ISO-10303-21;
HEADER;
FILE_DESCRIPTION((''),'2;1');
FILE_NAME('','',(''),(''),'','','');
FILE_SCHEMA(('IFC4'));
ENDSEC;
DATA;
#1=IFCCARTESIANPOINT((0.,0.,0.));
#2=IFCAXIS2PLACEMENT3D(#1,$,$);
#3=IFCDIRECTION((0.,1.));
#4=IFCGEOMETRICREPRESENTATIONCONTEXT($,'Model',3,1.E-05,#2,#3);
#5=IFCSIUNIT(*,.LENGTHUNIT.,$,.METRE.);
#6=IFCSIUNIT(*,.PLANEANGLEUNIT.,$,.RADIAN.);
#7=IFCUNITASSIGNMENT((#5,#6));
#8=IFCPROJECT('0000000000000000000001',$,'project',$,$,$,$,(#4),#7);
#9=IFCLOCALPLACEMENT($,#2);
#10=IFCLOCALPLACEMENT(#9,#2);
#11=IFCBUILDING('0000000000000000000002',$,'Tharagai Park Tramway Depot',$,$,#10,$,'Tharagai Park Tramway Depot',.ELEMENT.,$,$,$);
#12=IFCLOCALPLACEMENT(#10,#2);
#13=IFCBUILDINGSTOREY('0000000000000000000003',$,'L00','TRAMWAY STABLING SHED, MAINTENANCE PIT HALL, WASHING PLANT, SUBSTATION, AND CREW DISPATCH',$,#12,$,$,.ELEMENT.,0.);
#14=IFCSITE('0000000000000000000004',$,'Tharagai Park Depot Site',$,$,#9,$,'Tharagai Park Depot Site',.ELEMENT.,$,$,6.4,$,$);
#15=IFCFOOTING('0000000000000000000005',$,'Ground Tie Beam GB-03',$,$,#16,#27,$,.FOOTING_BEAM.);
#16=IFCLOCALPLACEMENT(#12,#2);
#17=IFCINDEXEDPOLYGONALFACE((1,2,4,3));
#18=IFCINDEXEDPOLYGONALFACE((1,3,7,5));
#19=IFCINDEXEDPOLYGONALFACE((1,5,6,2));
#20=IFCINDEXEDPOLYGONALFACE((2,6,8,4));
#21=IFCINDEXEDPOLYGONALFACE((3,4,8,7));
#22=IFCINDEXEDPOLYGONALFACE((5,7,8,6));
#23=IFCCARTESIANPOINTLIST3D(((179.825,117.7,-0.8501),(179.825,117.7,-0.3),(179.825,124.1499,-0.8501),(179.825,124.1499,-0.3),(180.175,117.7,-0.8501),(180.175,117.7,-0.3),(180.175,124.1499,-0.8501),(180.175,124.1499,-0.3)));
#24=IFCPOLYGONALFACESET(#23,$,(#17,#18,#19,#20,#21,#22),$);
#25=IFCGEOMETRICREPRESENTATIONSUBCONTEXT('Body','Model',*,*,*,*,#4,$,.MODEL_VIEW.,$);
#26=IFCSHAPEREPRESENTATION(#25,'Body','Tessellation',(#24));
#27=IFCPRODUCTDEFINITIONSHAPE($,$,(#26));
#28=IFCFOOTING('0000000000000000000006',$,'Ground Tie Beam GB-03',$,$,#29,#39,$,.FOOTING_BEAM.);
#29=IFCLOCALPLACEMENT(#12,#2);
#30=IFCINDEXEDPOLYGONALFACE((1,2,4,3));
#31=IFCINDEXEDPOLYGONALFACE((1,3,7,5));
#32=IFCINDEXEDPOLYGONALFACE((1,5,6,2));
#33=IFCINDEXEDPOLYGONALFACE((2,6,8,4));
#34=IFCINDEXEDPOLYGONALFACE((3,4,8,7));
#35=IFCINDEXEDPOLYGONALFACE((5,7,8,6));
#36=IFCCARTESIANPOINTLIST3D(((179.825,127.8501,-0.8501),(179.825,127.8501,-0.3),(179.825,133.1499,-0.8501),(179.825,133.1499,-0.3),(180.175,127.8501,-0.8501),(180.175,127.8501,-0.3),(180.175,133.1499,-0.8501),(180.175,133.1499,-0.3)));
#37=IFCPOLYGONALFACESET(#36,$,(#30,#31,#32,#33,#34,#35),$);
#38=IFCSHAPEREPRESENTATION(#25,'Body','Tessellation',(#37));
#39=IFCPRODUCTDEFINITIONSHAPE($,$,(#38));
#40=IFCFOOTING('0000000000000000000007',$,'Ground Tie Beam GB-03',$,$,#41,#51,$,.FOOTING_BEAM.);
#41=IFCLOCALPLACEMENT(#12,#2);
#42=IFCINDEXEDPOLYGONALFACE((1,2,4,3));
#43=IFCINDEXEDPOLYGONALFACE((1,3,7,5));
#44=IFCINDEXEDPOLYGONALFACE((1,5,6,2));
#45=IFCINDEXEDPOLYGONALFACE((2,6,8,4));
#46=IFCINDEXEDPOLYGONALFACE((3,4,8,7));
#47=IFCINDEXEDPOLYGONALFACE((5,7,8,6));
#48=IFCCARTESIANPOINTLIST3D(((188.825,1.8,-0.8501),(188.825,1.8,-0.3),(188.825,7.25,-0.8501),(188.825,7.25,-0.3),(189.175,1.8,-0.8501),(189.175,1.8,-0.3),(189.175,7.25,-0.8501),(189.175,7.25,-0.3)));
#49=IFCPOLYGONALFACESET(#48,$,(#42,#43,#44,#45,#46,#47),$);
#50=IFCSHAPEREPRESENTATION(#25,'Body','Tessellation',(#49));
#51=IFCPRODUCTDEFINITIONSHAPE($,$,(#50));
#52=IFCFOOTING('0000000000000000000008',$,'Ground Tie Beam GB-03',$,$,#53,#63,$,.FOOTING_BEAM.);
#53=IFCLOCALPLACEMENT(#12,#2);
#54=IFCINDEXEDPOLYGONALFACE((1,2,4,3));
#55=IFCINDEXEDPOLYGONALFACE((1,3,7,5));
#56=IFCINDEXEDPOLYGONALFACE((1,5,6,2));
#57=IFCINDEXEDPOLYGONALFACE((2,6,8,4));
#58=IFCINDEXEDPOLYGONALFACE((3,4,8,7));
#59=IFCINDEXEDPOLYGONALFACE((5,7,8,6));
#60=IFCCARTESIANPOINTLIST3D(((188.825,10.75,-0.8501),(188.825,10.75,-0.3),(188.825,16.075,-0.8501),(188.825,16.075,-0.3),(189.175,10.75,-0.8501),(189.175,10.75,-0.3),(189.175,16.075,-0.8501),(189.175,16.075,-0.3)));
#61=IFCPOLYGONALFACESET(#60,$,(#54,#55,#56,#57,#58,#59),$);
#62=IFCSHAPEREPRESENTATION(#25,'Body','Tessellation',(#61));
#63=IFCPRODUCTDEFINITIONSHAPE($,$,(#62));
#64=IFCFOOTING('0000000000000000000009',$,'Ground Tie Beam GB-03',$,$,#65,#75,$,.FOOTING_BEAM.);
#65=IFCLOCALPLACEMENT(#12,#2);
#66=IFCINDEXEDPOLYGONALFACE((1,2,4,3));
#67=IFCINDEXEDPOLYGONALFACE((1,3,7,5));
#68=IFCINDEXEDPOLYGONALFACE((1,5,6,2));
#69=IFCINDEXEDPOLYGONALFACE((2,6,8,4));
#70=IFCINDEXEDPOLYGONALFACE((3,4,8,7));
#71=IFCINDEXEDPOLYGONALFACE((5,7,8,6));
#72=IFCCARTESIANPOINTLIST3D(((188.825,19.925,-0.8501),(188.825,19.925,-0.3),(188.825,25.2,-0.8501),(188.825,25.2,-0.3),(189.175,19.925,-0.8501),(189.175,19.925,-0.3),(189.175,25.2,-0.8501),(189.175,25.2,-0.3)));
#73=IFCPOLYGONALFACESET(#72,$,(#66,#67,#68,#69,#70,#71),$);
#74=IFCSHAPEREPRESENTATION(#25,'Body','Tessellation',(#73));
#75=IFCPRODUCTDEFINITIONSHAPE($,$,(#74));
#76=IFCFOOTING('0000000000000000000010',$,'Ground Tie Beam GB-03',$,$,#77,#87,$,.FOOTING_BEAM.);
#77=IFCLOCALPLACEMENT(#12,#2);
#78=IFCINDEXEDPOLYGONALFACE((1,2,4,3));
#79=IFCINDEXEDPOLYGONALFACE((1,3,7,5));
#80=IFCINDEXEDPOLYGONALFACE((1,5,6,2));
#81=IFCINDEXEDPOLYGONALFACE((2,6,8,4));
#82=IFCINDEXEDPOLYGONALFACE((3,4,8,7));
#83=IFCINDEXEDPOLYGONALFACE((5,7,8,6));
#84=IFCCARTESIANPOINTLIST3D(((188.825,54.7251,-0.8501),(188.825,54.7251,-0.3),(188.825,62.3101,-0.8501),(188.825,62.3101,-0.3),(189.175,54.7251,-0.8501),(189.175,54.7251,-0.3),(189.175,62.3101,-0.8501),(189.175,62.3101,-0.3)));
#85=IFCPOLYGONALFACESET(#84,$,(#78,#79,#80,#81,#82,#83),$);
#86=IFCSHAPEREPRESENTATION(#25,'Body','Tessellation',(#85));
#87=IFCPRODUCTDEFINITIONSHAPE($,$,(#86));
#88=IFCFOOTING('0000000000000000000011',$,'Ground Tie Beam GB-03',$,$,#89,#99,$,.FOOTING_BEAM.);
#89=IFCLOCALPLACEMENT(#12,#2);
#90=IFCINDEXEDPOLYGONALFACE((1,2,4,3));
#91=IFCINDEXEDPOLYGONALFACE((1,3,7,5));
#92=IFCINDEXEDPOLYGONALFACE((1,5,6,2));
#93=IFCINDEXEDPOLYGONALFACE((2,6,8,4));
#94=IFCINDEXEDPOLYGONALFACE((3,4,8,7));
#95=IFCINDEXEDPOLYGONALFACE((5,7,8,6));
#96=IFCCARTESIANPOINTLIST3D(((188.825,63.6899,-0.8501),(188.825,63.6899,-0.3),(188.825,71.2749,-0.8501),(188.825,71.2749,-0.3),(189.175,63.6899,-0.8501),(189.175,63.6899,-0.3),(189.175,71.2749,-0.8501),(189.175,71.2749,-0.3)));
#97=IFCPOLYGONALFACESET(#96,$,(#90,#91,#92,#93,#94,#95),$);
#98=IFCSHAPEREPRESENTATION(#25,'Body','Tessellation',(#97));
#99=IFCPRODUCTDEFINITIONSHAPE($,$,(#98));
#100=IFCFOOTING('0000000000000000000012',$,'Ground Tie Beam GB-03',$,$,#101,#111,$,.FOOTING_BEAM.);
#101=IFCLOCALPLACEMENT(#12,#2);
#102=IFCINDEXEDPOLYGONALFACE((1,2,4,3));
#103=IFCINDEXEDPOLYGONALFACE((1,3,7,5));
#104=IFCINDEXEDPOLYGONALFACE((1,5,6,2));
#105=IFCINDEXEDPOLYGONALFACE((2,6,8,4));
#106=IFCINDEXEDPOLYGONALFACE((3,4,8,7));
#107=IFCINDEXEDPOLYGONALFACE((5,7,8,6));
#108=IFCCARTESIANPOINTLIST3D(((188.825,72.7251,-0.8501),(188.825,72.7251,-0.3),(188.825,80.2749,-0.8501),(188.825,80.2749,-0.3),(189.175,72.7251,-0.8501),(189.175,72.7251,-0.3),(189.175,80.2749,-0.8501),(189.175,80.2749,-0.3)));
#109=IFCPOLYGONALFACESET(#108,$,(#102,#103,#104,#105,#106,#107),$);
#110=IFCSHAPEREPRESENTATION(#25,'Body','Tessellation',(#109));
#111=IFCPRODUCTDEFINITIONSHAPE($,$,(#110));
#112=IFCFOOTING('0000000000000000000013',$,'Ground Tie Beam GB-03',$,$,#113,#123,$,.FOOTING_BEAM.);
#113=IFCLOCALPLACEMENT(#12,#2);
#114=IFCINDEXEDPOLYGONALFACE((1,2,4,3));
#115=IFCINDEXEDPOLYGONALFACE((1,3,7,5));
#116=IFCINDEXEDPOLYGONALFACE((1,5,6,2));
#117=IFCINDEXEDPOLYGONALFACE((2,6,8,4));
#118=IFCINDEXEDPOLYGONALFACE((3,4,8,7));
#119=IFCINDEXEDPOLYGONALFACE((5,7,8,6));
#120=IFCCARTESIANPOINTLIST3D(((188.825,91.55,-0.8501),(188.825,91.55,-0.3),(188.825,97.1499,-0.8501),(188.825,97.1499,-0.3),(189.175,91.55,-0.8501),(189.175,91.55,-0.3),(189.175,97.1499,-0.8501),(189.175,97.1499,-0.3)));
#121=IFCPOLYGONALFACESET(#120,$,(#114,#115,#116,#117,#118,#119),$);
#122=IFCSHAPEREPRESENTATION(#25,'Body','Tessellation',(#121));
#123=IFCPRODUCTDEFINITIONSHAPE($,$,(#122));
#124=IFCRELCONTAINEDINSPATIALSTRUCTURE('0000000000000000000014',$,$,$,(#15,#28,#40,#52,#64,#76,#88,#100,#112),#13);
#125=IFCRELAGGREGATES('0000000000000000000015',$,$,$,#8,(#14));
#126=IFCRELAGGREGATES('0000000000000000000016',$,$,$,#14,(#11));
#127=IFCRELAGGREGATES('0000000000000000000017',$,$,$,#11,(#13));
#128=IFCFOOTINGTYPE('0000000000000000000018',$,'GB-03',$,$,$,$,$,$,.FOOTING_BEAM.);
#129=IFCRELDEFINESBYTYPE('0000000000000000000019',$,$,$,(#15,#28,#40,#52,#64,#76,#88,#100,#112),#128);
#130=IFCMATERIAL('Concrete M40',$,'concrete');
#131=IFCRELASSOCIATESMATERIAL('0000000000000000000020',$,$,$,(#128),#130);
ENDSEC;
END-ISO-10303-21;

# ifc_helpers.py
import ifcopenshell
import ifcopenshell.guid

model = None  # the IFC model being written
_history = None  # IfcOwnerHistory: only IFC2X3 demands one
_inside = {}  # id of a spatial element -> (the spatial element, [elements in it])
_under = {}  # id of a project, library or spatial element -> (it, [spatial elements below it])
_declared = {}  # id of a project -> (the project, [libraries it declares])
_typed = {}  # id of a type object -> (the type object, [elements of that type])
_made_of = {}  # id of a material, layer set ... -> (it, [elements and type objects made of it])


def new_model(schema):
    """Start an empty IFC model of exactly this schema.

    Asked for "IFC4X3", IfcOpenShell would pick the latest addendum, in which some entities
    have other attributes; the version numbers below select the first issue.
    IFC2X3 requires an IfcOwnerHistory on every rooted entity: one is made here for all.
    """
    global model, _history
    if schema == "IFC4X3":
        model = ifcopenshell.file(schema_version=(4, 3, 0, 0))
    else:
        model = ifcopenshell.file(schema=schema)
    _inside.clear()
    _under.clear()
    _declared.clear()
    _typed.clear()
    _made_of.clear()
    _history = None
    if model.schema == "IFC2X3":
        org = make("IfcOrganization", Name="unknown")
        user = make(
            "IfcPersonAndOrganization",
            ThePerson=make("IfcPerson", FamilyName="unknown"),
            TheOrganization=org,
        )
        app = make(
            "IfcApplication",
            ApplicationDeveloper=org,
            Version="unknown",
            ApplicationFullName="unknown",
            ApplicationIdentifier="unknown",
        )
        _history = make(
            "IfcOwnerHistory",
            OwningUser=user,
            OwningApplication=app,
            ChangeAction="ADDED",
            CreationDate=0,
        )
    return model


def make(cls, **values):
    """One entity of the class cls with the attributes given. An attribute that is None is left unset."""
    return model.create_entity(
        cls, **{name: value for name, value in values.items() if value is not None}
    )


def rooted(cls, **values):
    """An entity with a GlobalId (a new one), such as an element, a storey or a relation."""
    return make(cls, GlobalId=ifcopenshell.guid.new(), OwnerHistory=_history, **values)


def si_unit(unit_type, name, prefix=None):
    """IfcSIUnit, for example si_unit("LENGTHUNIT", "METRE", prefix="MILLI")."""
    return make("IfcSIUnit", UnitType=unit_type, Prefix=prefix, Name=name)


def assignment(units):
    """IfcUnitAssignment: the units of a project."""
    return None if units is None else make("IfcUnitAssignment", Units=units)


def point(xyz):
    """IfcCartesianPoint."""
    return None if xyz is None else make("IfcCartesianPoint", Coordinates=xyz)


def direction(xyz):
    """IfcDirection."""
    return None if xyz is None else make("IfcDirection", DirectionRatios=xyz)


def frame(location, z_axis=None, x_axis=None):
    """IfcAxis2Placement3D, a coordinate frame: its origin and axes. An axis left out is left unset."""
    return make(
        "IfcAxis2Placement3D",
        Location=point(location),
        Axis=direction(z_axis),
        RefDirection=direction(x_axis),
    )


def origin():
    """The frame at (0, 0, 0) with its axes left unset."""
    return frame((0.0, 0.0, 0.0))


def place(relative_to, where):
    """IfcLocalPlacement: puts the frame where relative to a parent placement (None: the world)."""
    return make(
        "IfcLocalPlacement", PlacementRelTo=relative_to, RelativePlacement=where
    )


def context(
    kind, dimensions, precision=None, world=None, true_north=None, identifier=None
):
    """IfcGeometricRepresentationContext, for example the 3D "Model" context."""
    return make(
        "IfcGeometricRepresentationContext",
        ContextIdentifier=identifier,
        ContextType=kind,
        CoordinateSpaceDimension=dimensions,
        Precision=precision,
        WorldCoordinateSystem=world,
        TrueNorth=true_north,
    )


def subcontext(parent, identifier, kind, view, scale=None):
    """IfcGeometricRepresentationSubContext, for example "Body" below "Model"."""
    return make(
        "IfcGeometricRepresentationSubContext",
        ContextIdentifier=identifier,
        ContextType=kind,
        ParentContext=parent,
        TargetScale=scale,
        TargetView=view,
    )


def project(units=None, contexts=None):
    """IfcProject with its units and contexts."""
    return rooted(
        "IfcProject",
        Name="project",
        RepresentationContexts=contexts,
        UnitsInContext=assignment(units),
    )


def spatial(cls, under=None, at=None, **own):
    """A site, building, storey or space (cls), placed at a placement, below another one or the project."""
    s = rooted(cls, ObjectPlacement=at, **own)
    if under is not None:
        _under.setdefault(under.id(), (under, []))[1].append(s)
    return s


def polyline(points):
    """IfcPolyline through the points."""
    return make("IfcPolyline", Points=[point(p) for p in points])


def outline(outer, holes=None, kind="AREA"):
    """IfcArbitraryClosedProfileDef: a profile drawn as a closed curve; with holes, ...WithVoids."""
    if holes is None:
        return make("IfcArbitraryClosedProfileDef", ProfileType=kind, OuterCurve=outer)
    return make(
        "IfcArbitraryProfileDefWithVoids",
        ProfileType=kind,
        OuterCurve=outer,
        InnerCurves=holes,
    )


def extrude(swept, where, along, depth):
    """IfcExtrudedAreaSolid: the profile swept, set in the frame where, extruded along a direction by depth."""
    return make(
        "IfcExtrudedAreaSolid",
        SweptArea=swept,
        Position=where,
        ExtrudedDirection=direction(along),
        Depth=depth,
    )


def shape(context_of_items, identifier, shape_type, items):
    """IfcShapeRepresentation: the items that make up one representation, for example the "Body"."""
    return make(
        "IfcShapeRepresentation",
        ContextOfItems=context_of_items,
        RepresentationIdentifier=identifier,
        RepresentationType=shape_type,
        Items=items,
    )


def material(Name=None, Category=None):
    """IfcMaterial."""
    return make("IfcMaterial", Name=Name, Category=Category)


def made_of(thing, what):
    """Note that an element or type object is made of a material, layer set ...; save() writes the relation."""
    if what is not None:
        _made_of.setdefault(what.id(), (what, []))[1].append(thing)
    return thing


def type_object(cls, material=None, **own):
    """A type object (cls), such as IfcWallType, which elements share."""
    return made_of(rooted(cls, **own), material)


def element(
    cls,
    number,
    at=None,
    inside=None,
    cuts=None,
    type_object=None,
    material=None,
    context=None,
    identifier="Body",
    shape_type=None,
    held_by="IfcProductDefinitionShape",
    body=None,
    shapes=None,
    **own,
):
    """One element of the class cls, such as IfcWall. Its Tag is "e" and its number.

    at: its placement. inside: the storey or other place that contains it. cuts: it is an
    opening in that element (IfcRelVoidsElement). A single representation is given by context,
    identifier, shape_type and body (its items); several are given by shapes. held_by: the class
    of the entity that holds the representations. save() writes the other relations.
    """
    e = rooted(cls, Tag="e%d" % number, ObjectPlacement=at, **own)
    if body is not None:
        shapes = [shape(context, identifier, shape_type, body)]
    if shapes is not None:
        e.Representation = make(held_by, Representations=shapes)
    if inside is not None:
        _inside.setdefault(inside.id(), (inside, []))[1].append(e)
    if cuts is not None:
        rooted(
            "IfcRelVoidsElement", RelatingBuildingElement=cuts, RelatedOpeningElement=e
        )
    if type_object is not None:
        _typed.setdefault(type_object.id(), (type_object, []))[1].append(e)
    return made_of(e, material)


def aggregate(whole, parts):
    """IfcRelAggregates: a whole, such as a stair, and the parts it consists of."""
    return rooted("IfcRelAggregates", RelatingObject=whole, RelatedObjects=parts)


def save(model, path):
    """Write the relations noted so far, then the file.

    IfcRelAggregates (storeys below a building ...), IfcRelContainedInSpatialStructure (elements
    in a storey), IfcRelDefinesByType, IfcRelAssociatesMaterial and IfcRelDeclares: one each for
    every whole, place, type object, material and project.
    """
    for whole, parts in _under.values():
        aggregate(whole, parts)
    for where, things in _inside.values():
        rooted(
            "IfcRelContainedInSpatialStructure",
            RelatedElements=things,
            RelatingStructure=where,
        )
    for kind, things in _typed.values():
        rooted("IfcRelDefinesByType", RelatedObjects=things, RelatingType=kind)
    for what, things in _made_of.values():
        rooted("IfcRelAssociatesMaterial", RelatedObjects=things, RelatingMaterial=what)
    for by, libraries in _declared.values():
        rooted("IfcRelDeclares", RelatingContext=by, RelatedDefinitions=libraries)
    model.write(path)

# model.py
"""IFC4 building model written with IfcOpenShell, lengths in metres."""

from ifc_helpers import new_model, si_unit, direction, frame, origin, place, context, subcontext, project, spatial, polyline, outline, extrude, material, type_object, element, save


model = new_model("IFC4")

# Units and contexts
model_context = context("Model", 3, precision=1e-05, world=origin(), true_north=direction((0.0, 1.0)))
body_context = subcontext(model_context, "Body", "Model", "MODEL_VIEW")
ifc_project = project(units=[si_unit("LENGTHUNIT", "METRE"), si_unit("PLANEANGLEUNIT", "RADIAN")], contexts=[model_context])

# Site, building, storey
site_placement = place(None, origin())
site = spatial("IfcSite", under=ifc_project, at=site_placement, Name="Tharagai Park Depot Site", LongName="Tharagai Park Depot Site", CompositionType="ELEMENT", RefElevation=6.4)
building_placement = place(site_placement, origin())
building = spatial("IfcBuilding", under=site, at=building_placement, Name="Tharagai Park Tramway Depot", LongName="Tharagai Park Tramway Depot", CompositionType="ELEMENT")
storey_placement = place(building_placement, origin())
storey = spatial("IfcBuildingStorey", under=building, at=storey_placement, Name="L00", Description="TRAMWAY STABLING SHED, MAINTENANCE PIT HALL, WASHING PLANT, SUBSTATION, AND CREW DISPATCH", CompositionType="ELEMENT", Elevation=0.0)

# Footings
ifc_material = material(Name="Concrete M40", Category="concrete")
footing_type = type_object("IfcFootingType", Name="GB-03", PredefinedType="FOOTING_BEAM", material=ifc_material)
footing_1_placement = place(storey_placement, frame((0.0, 0.0, -0.8501)))
element("IfcFooting", 1, at=footing_1_placement, inside=storey, type_object=footing_type, Name="Ground Tie Beam GB-03", PredefinedType="FOOTING_BEAM", context=body_context, shape_type="SweptSolid", body=[
    extrude(outline(polyline([(179.825, 117.7), (180.175, 117.7), (180.175, 124.1499), (179.825, 124.1499), (179.825, 117.7)])), origin(), (0.0, 0.0, 1.0), 0.55),
])
footing_2_placement = place(storey_placement, frame((0.0, 0.0, -0.8501)))
element("IfcFooting", 2, at=footing_2_placement, inside=storey, type_object=footing_type, Name="Ground Tie Beam GB-03", PredefinedType="FOOTING_BEAM", context=body_context, shape_type="SweptSolid", body=[
    extrude(outline(polyline([(179.825, 127.8501), (180.175, 127.8501), (180.175, 133.1499), (179.825, 133.1499), (179.825, 127.8501)])), origin(), (0.0, 0.0, 1.0), 0.55),
])
footing_3_placement = place(storey_placement, frame((0.0, 0.0, -0.8501)))
element("IfcFooting", 3, at=footing_3_placement, inside=storey, type_object=footing_type, Name="Ground Tie Beam GB-03", PredefinedType="FOOTING_BEAM", context=body_context, shape_type="SweptSolid", body=[
    extrude(outline(polyline([(188.825, 1.8), (189.175, 1.8), (189.175, 7.25), (188.825, 7.25), (188.825, 1.8)])), origin(), (0.0, 0.0, 1.0), 0.55),
])
footing_4_placement = place(storey_placement, frame((0.0, 0.0, -0.8501)))
element("IfcFooting", 4, at=footing_4_placement, inside=storey, type_object=footing_type, Name="Ground Tie Beam GB-03", PredefinedType="FOOTING_BEAM", context=body_context, shape_type="SweptSolid", body=[
    extrude(outline(polyline([(188.825, 10.75), (189.175, 10.75), (189.175, 16.075), (188.825, 16.075), (188.825, 10.75)])), origin(), (0.0, 0.0, 1.0), 0.55),
])
footing_5_placement = place(storey_placement, frame((0.0, 0.0, -0.8501)))
element("IfcFooting", 5, at=footing_5_placement, inside=storey, type_object=footing_type, Name="Ground Tie Beam GB-03", PredefinedType="FOOTING_BEAM", context=body_context, shape_type="SweptSolid", body=[
    extrude(outline(polyline([(188.825, 19.925), (189.175, 19.925), (189.175, 25.2), (188.825, 25.2), (188.825, 19.925)])), origin(), (0.0, 0.0, 1.0), 0.55),
])
footing_6_placement = place(storey_placement, frame((0.0, 0.0, -0.8501)))
element("IfcFooting", 6, at=footing_6_placement, inside=storey, type_object=footing_type, Name="Ground Tie Beam GB-03", PredefinedType="FOOTING_BEAM", context=body_context, shape_type="SweptSolid", body=[
    extrude(outline(polyline([(188.825, 54.7251), (189.175, 54.7251), (189.175, 62.3101), (188.825, 62.3101), (188.825, 54.7251)])), origin(), (0.0, 0.0, 1.0), 0.55),
])
footing_7_placement = place(storey_placement, frame((0.0, 0.0, -0.8501)))
element("IfcFooting", 7, at=footing_7_placement, inside=storey, type_object=footing_type, Name="Ground Tie Beam GB-03", PredefinedType="FOOTING_BEAM", context=body_context, shape_type="SweptSolid", body=[
    extrude(outline(polyline([(188.825, 63.6899), (189.175, 63.6899), (189.175, 71.2749), (188.825, 71.2749), (188.825, 63.6899)])), origin(), (0.0, 0.0, 1.0), 0.55),
])
footing_8_placement = place(storey_placement, frame((0.0, 0.0, -0.8501)))
element("IfcFooting", 8, at=footing_8_placement, inside=storey, type_object=footing_type, Name="Ground Tie Beam GB-03", PredefinedType="FOOTING_BEAM", context=body_context, shape_type="SweptSolid", body=[
    extrude(outline(polyline([(188.825, 72.7251), (189.175, 72.7251), (189.175, 80.2749), (188.825, 80.2749), (188.825, 72.7251)])), origin(), (0.0, 0.0, 1.0), 0.55),
])
footing_9_placement = place(storey_placement, frame((0.0, 0.0, -0.8501)))
element("IfcFooting", 9, at=footing_9_placement, inside=storey, type_object=footing_type, Name="Ground Tie Beam GB-03", PredefinedType="FOOTING_BEAM", context=body_context, shape_type="SweptSolid", body=[
    extrude(outline(polyline([(188.825, 91.55), (189.175, 91.55), (189.175, 97.1499), (188.825, 97.1499), (188.825, 91.55)])), origin(), (0.0, 0.0, 1.0), 0.55),
])

save(model, "model.ifc")
